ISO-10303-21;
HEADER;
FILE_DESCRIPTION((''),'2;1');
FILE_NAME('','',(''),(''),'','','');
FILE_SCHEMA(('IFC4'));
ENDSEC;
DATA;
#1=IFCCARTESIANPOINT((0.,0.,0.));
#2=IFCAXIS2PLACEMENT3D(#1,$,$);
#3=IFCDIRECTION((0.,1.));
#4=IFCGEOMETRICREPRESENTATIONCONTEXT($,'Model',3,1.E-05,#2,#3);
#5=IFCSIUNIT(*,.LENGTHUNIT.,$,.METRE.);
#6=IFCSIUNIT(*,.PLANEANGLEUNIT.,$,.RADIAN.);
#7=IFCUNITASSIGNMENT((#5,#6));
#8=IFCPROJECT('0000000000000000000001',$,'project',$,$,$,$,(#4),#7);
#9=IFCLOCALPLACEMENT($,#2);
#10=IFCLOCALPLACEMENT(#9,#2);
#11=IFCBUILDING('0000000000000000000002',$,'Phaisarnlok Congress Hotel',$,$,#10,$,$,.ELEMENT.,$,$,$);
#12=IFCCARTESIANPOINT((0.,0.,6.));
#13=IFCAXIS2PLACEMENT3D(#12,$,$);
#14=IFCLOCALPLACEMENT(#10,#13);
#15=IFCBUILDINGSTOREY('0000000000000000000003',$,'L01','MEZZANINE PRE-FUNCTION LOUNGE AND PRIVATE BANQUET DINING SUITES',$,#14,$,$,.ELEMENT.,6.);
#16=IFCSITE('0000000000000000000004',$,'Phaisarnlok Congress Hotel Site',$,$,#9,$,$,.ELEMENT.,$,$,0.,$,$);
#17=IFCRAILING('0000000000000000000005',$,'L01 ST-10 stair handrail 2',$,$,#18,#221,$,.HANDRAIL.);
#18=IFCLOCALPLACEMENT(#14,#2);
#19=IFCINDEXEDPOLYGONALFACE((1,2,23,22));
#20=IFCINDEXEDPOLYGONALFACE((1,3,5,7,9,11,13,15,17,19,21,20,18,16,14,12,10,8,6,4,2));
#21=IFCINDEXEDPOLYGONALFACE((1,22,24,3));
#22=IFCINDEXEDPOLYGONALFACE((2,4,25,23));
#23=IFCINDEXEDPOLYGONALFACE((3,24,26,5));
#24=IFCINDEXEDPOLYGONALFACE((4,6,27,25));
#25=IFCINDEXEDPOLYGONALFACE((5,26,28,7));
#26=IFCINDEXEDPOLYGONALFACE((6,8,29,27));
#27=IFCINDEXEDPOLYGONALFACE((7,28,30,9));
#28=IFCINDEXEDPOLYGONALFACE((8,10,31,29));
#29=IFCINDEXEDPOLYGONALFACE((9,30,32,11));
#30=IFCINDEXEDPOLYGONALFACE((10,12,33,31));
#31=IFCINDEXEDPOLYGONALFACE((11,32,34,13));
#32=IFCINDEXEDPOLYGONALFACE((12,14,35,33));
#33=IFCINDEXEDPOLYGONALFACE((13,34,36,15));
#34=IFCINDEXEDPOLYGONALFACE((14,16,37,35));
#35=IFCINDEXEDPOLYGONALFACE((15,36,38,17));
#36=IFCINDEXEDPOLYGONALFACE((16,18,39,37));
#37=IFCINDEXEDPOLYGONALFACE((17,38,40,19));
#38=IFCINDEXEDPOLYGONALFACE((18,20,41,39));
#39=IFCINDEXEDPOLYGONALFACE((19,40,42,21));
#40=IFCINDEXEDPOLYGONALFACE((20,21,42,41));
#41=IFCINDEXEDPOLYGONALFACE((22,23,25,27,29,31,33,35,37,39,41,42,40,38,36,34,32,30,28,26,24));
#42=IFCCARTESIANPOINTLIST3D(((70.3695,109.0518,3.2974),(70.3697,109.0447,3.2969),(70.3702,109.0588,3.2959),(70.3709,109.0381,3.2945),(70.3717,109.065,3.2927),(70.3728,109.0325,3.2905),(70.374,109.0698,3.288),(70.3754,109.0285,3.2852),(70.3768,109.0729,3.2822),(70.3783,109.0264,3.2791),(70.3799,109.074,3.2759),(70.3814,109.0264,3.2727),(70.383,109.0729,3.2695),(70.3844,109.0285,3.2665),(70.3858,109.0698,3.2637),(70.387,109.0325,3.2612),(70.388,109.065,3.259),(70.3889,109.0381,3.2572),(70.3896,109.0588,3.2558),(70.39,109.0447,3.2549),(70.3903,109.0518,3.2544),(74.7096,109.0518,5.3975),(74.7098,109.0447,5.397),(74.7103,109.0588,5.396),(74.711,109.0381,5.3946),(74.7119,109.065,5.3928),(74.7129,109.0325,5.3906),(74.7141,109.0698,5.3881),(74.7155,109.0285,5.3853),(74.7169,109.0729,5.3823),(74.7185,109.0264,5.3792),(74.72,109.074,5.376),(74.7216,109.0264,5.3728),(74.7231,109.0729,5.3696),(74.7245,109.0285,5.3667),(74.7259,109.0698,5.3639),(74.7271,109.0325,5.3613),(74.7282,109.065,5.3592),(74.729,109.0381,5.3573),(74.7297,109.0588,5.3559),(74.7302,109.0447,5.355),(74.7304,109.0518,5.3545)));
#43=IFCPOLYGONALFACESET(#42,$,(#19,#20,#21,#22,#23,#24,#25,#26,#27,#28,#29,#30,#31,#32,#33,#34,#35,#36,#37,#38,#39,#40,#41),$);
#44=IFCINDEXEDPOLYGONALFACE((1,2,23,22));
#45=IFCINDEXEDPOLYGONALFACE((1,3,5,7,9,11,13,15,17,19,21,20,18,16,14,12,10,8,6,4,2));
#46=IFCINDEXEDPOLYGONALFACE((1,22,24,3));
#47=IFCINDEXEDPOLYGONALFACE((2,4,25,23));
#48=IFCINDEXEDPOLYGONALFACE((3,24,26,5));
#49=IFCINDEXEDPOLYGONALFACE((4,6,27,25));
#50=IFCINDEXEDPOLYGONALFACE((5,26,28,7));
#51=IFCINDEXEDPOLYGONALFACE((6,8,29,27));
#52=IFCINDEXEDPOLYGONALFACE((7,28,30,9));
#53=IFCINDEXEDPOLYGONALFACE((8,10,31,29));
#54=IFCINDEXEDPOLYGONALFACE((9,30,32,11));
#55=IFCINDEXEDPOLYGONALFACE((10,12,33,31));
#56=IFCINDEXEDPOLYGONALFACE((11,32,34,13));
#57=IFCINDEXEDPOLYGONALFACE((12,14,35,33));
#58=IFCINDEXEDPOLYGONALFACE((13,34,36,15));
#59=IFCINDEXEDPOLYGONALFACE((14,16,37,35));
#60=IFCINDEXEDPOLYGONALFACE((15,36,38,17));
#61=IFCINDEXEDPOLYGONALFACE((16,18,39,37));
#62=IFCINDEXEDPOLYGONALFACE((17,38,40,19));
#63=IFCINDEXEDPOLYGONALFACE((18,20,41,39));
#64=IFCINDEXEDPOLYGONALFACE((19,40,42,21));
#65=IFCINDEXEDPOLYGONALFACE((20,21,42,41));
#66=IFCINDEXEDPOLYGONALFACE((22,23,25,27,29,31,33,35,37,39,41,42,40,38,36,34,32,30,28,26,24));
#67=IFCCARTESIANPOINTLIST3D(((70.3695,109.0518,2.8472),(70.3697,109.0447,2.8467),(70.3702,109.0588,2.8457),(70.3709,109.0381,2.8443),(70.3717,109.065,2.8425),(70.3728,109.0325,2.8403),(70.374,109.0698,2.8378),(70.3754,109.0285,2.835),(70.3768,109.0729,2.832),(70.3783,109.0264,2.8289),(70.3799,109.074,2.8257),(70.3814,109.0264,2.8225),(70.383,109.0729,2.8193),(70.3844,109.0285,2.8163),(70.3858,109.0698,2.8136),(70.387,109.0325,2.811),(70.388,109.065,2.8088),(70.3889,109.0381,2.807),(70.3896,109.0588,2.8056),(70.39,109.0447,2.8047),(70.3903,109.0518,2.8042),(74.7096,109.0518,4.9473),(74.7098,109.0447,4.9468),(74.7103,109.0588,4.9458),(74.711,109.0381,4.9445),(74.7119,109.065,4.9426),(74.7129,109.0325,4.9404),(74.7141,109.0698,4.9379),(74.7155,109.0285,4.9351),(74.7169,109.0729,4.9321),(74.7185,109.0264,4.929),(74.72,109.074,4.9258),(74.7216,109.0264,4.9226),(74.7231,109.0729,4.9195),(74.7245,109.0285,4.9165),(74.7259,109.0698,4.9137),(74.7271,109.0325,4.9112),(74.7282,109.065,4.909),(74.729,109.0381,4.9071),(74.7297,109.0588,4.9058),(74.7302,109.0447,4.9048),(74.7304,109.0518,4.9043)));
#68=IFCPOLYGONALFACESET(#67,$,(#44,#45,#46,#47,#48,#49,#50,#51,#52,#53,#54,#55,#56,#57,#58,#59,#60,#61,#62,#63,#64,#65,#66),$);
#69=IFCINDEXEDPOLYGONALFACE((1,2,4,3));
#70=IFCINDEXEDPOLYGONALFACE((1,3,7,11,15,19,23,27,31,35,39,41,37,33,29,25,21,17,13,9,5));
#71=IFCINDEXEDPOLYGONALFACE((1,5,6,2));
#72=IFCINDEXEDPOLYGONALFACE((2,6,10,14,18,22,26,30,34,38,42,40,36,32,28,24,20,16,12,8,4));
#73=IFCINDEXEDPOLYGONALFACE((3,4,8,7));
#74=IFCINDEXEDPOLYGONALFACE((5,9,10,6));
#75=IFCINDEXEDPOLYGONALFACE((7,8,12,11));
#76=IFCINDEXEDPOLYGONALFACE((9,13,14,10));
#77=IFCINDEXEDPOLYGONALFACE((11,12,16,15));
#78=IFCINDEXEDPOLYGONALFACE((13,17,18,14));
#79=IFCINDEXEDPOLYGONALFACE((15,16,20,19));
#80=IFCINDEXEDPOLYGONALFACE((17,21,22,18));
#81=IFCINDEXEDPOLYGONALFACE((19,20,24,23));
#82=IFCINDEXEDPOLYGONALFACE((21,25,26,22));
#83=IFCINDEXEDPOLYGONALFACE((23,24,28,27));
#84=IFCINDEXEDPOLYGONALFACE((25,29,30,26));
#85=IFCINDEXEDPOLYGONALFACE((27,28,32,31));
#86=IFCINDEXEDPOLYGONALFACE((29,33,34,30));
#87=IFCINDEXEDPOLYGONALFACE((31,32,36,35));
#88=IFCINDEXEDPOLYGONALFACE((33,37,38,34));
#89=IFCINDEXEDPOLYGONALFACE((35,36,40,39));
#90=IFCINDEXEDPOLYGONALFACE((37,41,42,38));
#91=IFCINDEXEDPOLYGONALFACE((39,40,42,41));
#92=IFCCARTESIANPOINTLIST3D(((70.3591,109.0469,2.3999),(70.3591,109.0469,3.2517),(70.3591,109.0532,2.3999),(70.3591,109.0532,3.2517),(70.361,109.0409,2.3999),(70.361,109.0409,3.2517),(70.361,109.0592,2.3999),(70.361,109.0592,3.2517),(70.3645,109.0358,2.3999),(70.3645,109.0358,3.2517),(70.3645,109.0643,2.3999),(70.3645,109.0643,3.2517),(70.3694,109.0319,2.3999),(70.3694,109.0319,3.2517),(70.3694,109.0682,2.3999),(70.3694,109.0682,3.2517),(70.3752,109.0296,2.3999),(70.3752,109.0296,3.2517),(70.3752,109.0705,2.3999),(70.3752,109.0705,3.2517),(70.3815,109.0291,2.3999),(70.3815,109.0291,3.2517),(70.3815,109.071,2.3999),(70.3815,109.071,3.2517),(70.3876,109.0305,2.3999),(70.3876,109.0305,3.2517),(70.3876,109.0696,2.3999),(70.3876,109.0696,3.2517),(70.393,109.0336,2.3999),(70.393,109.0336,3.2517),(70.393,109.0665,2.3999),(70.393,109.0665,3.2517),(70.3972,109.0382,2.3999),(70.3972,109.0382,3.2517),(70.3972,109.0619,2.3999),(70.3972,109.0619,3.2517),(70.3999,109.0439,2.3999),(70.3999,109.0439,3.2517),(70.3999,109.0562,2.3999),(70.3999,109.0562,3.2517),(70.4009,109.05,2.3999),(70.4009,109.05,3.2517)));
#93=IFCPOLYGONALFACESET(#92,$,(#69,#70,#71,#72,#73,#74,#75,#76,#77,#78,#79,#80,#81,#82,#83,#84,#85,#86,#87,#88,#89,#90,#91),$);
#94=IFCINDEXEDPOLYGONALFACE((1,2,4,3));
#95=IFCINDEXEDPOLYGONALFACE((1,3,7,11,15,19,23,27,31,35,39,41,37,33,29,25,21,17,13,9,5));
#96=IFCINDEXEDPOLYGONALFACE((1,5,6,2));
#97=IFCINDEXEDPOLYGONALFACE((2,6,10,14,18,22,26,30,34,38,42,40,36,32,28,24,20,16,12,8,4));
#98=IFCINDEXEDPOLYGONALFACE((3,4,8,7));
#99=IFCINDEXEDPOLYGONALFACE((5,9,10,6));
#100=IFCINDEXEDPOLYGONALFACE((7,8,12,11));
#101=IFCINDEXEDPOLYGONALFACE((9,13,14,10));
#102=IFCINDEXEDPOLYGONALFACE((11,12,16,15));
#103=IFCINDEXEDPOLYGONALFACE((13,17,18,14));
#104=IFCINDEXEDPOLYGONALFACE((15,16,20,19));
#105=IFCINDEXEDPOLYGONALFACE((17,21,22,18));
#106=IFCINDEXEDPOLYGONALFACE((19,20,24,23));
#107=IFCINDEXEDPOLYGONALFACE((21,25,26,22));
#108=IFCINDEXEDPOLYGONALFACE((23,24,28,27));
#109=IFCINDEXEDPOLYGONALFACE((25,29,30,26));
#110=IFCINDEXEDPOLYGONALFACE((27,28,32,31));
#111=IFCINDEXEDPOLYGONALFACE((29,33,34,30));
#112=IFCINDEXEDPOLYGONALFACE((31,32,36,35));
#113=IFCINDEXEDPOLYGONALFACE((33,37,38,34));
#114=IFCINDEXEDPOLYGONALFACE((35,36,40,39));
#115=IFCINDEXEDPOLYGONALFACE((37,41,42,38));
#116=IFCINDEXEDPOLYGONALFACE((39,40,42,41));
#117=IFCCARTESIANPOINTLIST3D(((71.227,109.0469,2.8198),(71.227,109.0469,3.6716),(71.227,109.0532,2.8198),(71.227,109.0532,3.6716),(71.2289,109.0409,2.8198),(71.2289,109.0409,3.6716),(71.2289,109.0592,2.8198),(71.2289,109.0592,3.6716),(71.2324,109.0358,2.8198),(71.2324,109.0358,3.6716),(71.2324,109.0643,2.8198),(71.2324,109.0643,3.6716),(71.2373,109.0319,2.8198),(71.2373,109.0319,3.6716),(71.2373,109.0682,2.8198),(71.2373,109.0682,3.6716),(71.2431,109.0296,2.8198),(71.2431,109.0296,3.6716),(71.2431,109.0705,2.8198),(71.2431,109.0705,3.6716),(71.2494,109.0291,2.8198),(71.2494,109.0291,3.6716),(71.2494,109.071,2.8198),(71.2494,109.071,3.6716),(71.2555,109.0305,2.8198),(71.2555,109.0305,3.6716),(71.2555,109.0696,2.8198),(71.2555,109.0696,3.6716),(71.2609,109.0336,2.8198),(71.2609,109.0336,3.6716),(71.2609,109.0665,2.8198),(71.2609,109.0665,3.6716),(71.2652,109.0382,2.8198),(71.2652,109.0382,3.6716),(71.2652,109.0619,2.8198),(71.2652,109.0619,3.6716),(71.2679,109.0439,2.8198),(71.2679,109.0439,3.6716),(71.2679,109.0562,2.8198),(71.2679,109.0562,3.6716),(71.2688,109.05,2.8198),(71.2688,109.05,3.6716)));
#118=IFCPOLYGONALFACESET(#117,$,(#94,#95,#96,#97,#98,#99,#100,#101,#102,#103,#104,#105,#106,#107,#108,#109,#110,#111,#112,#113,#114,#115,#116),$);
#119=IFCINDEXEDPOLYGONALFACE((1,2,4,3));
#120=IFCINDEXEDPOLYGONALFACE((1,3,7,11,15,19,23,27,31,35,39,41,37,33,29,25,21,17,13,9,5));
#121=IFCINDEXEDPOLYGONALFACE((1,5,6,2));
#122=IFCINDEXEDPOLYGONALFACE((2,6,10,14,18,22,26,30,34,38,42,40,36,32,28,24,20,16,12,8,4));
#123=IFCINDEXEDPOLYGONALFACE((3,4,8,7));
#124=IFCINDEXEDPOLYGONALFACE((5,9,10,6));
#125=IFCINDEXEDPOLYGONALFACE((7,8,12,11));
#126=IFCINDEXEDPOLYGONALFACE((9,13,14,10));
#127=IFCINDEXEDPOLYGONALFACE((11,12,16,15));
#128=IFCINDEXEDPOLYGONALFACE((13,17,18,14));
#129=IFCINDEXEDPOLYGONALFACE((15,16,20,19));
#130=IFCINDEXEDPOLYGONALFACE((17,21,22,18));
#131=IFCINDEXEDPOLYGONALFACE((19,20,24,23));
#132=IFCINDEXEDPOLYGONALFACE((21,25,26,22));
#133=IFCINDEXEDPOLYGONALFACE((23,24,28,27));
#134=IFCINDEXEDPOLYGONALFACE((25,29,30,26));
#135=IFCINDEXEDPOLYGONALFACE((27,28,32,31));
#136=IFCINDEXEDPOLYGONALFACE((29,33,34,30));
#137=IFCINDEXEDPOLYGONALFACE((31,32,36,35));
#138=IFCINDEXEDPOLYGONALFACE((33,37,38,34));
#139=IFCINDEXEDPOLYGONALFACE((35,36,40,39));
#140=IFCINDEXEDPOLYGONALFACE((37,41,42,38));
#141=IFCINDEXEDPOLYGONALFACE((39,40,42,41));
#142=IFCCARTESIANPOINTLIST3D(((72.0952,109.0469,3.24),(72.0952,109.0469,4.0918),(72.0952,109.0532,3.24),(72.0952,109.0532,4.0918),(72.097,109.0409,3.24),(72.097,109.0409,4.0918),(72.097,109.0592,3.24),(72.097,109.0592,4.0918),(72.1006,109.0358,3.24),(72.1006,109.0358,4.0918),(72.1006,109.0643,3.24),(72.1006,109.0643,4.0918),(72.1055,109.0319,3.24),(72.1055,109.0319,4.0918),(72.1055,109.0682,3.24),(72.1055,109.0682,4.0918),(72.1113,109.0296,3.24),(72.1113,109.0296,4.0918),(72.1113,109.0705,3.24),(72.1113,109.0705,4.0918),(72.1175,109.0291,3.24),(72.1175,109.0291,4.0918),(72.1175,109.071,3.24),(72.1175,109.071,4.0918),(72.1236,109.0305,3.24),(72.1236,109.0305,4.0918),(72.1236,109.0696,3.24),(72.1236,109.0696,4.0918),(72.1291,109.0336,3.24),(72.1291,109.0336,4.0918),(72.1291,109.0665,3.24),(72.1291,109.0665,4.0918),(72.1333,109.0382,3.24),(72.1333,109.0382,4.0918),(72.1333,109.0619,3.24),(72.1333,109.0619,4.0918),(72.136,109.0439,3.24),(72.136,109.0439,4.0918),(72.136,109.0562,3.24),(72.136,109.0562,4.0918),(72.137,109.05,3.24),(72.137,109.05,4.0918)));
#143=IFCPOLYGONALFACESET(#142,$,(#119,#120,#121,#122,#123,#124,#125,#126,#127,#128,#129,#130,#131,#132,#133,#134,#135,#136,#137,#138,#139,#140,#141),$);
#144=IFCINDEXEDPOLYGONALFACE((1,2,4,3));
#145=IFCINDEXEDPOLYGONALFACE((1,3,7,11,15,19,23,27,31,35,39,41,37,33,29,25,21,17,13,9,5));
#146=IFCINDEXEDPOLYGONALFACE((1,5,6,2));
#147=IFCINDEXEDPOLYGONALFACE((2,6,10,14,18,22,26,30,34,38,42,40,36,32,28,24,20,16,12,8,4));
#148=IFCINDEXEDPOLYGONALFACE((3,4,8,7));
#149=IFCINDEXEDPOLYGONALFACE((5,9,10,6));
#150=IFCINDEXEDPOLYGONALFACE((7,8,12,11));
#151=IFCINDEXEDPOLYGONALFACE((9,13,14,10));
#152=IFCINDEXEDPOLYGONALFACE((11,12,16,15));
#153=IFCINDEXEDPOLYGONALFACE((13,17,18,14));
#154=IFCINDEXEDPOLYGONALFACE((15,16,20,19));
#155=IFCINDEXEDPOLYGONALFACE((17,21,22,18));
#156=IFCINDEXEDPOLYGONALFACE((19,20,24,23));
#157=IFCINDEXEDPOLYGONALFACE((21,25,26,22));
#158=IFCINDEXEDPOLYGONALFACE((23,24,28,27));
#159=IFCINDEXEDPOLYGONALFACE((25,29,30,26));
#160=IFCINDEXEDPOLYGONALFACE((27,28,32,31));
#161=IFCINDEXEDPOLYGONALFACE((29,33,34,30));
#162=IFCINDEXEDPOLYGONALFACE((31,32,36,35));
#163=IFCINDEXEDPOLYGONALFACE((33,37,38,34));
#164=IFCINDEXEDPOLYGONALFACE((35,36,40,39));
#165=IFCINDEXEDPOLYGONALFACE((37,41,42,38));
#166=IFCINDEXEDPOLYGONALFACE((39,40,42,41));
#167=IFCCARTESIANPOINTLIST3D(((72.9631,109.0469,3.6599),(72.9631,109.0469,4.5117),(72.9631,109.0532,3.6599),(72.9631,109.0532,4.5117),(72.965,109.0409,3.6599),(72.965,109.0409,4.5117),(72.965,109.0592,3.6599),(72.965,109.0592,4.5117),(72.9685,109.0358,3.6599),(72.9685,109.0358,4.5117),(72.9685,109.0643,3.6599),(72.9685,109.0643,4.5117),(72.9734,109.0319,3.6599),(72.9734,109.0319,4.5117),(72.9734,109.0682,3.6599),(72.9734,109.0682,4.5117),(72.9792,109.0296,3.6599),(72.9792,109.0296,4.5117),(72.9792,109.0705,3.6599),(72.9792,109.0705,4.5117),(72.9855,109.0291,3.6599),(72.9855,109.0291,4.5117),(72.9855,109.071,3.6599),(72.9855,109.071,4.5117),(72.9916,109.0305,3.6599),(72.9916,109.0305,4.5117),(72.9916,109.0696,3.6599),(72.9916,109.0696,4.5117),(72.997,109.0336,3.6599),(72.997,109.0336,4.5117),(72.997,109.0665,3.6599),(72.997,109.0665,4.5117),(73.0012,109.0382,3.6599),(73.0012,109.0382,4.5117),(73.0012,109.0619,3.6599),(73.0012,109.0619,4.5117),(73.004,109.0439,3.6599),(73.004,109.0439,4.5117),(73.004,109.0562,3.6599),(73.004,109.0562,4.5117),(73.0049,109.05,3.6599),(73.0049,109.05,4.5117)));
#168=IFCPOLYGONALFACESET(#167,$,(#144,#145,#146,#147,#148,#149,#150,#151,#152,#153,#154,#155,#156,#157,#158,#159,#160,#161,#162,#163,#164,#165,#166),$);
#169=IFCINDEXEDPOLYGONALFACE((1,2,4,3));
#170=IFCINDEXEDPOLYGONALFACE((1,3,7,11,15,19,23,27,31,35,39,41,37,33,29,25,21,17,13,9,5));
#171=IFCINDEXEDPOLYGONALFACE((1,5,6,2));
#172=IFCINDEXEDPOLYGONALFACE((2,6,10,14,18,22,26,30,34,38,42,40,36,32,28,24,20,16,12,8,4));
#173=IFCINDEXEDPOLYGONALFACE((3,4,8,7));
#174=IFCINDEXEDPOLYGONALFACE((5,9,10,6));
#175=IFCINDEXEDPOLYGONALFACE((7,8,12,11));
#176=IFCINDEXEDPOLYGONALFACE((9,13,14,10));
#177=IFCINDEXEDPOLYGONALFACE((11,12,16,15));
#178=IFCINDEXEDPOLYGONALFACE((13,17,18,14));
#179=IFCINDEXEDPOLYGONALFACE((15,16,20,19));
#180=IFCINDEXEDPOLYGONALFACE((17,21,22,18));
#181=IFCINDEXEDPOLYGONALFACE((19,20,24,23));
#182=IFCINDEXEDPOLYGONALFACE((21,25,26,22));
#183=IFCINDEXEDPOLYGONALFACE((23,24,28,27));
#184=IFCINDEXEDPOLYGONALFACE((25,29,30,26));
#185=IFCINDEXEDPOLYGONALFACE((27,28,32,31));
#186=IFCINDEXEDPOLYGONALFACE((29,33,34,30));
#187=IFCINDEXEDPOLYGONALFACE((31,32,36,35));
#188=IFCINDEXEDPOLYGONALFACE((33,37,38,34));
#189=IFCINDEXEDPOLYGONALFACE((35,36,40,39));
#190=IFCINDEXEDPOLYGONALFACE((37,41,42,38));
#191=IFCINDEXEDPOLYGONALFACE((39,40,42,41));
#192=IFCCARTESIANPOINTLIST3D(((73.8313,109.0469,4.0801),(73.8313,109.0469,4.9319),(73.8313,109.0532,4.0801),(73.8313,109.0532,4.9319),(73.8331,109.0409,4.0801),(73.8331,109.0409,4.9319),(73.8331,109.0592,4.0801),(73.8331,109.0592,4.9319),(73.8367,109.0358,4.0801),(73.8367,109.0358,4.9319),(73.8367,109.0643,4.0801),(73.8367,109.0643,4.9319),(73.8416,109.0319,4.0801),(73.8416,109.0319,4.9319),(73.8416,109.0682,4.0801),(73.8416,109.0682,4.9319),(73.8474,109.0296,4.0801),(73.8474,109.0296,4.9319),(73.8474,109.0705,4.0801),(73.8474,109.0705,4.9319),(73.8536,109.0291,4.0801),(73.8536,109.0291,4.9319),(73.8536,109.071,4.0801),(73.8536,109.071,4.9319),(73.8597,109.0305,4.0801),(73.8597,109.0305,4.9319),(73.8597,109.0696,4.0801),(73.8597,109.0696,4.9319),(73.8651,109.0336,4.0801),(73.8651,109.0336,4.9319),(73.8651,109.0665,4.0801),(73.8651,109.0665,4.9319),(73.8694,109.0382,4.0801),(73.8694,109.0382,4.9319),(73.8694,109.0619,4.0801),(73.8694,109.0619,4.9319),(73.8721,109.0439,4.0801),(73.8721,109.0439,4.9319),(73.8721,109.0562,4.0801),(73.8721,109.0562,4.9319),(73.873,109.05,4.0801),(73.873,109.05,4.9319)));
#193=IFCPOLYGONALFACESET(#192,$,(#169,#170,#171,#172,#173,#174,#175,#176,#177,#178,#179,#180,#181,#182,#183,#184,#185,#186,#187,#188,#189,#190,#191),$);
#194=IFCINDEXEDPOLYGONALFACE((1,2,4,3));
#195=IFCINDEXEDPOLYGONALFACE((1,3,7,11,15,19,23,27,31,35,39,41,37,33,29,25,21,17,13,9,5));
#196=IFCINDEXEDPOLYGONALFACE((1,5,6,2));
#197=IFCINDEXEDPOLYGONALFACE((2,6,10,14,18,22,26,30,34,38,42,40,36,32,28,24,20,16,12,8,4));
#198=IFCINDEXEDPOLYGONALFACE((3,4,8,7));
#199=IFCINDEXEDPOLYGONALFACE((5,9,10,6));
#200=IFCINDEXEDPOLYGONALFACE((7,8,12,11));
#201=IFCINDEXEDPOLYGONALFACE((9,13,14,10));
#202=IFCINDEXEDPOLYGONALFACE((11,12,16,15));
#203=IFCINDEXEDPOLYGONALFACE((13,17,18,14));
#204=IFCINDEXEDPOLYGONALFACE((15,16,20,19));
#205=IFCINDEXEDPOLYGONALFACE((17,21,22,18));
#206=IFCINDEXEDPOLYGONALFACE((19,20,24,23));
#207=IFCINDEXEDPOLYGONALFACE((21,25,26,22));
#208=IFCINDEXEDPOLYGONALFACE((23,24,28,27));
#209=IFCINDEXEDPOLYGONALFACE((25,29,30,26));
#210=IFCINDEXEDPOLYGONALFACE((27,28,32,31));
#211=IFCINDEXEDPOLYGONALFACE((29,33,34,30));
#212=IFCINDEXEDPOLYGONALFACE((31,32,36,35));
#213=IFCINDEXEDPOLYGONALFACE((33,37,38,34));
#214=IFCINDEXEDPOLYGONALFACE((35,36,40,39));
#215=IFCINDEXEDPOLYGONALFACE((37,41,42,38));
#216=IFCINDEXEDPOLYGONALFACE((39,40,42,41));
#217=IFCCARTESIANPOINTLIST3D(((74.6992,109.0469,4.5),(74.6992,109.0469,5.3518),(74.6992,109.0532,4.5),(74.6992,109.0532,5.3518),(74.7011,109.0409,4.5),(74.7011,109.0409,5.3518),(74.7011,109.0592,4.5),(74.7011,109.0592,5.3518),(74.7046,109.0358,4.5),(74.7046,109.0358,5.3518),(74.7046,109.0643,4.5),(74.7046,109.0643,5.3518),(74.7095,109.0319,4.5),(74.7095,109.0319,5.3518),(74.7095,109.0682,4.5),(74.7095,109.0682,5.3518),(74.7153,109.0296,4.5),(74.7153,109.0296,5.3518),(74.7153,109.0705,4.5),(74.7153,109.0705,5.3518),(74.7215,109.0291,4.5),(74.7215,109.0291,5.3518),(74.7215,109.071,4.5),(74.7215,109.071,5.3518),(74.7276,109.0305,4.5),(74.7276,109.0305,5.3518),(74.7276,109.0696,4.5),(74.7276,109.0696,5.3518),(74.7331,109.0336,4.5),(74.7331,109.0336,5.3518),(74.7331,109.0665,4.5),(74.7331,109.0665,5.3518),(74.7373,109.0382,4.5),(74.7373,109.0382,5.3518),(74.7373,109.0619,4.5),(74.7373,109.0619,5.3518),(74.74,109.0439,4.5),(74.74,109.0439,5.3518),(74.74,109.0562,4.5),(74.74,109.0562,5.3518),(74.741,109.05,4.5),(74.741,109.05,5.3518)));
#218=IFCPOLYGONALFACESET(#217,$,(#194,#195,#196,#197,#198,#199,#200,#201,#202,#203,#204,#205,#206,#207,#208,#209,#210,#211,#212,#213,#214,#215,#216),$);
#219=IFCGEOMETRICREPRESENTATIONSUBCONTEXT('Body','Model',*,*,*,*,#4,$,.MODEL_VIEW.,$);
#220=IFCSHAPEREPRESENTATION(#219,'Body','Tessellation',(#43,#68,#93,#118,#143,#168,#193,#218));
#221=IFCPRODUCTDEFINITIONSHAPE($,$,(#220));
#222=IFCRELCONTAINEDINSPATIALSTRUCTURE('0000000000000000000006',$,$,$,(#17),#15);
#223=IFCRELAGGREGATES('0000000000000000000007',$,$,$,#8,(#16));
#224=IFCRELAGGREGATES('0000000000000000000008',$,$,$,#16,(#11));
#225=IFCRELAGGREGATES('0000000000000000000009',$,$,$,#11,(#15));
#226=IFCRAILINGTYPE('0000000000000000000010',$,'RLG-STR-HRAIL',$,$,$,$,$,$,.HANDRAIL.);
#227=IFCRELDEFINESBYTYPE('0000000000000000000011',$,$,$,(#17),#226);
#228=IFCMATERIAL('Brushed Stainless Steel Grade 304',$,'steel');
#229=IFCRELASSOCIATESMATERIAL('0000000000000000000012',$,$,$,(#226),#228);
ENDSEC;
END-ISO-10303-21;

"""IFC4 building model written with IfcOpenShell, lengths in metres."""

from ifc_helpers import new_model, si_unit, direction, frame, origin, origin_2d, place, context, subcontext, project, spatial, circle, extrude, material, type_object, element, save


model = new_model("IFC4")

# Units and contexts
model_context = context("Model", 3, precision=1e-05, world=origin(), true_north=direction((0.0, 1.0)))
body_context = subcontext(model_context, "Body", "Model", "MODEL_VIEW")
ifc_project = project(units=[si_unit("LENGTHUNIT", "METRE"), si_unit("PLANEANGLEUNIT", "RADIAN")], contexts=[model_context])

# Site, building, storey
site_placement = place(None, origin())
site = spatial("IfcSite", under=ifc_project, at=site_placement, Name="Phaisarnlok Congress Hotel Site", CompositionType="ELEMENT", RefElevation=0.0)
building_placement = place(site_placement, origin())
building = spatial("IfcBuilding", under=site, at=building_placement, Name="Phaisarnlok Congress Hotel", CompositionType="ELEMENT")
storey_placement = place(building_placement, frame((0.0, 0.0, 6.0)))
storey = spatial("IfcBuildingStorey", under=building, at=storey_placement, Name="L01", Description="MEZZANINE PRE-FUNCTION LOUNGE AND PRIVATE BANQUET DINING SUITES", CompositionType="ELEMENT", Elevation=6.0)

# Railing
ifc_material_1 = material(Name="Brushed Stainless Steel Grade 304", Category="steel")
railing_type_1 = type_object("IfcRailingType", Name="RLG-STR-HRAIL", PredefinedType="HANDRAIL", material=ifc_material_1)
railing_1_placement = place(storey_placement, frame((70.3799, 109.05, 2.3999)))
element("IfcRailing", 1, at=railing_1_placement, inside=storey, type_object=railing_type_1, Name="L01 ST-10 stair handrail 2", PredefinedType="HANDRAIL", context=body_context, shape_type="SweptSolid", body=[
    extrude(circle(Radius=0.0239, at=origin_2d()), frame((0.0, 0.0, 0.876), z_axis=(0.900155, 0.0, 0.43557), x_axis=(0.0, 1.0, 0.0)), (0.0, 0.0, 1.0), 4.8215),
    extrude(circle(Radius=0.0239, at=origin_2d()), frame((0.0, 0.0, 0.4258), z_axis=(0.900155, 0.0, 0.43557), x_axis=(0.0, 1.0, 0.0)), (0.0, 0.0, 1.0), 4.8215),
    extrude(circle(Radius=0.021, at=origin_2d()), origin(), (0.0, 0.0, 1.0), 0.8518),
    extrude(circle(Radius=0.021, at=origin_2d()), frame((0.8679, 0.0, 0.4199)), (0.0, 0.0, 1.0), 0.8518),
    extrude(circle(Radius=0.021, at=origin_2d()), frame((1.7361, 0.0, 0.8401)), (0.0, 0.0, 1.0), 0.8518),
    extrude(circle(Radius=0.021, at=origin_2d()), frame((2.604, 0.0, 1.26)), (0.0, 0.0, 1.0), 0.8518),
    extrude(circle(Radius=0.021, at=origin_2d()), frame((3.4722, 0.0, 1.6802)), (0.0, 0.0, 1.0), 0.8518),
    extrude(circle(Radius=0.021, at=origin_2d()), frame((4.3401, 0.0, 2.1001)), (0.0, 0.0, 1.0), 0.8518),
])

save(model, "model.ifc")
